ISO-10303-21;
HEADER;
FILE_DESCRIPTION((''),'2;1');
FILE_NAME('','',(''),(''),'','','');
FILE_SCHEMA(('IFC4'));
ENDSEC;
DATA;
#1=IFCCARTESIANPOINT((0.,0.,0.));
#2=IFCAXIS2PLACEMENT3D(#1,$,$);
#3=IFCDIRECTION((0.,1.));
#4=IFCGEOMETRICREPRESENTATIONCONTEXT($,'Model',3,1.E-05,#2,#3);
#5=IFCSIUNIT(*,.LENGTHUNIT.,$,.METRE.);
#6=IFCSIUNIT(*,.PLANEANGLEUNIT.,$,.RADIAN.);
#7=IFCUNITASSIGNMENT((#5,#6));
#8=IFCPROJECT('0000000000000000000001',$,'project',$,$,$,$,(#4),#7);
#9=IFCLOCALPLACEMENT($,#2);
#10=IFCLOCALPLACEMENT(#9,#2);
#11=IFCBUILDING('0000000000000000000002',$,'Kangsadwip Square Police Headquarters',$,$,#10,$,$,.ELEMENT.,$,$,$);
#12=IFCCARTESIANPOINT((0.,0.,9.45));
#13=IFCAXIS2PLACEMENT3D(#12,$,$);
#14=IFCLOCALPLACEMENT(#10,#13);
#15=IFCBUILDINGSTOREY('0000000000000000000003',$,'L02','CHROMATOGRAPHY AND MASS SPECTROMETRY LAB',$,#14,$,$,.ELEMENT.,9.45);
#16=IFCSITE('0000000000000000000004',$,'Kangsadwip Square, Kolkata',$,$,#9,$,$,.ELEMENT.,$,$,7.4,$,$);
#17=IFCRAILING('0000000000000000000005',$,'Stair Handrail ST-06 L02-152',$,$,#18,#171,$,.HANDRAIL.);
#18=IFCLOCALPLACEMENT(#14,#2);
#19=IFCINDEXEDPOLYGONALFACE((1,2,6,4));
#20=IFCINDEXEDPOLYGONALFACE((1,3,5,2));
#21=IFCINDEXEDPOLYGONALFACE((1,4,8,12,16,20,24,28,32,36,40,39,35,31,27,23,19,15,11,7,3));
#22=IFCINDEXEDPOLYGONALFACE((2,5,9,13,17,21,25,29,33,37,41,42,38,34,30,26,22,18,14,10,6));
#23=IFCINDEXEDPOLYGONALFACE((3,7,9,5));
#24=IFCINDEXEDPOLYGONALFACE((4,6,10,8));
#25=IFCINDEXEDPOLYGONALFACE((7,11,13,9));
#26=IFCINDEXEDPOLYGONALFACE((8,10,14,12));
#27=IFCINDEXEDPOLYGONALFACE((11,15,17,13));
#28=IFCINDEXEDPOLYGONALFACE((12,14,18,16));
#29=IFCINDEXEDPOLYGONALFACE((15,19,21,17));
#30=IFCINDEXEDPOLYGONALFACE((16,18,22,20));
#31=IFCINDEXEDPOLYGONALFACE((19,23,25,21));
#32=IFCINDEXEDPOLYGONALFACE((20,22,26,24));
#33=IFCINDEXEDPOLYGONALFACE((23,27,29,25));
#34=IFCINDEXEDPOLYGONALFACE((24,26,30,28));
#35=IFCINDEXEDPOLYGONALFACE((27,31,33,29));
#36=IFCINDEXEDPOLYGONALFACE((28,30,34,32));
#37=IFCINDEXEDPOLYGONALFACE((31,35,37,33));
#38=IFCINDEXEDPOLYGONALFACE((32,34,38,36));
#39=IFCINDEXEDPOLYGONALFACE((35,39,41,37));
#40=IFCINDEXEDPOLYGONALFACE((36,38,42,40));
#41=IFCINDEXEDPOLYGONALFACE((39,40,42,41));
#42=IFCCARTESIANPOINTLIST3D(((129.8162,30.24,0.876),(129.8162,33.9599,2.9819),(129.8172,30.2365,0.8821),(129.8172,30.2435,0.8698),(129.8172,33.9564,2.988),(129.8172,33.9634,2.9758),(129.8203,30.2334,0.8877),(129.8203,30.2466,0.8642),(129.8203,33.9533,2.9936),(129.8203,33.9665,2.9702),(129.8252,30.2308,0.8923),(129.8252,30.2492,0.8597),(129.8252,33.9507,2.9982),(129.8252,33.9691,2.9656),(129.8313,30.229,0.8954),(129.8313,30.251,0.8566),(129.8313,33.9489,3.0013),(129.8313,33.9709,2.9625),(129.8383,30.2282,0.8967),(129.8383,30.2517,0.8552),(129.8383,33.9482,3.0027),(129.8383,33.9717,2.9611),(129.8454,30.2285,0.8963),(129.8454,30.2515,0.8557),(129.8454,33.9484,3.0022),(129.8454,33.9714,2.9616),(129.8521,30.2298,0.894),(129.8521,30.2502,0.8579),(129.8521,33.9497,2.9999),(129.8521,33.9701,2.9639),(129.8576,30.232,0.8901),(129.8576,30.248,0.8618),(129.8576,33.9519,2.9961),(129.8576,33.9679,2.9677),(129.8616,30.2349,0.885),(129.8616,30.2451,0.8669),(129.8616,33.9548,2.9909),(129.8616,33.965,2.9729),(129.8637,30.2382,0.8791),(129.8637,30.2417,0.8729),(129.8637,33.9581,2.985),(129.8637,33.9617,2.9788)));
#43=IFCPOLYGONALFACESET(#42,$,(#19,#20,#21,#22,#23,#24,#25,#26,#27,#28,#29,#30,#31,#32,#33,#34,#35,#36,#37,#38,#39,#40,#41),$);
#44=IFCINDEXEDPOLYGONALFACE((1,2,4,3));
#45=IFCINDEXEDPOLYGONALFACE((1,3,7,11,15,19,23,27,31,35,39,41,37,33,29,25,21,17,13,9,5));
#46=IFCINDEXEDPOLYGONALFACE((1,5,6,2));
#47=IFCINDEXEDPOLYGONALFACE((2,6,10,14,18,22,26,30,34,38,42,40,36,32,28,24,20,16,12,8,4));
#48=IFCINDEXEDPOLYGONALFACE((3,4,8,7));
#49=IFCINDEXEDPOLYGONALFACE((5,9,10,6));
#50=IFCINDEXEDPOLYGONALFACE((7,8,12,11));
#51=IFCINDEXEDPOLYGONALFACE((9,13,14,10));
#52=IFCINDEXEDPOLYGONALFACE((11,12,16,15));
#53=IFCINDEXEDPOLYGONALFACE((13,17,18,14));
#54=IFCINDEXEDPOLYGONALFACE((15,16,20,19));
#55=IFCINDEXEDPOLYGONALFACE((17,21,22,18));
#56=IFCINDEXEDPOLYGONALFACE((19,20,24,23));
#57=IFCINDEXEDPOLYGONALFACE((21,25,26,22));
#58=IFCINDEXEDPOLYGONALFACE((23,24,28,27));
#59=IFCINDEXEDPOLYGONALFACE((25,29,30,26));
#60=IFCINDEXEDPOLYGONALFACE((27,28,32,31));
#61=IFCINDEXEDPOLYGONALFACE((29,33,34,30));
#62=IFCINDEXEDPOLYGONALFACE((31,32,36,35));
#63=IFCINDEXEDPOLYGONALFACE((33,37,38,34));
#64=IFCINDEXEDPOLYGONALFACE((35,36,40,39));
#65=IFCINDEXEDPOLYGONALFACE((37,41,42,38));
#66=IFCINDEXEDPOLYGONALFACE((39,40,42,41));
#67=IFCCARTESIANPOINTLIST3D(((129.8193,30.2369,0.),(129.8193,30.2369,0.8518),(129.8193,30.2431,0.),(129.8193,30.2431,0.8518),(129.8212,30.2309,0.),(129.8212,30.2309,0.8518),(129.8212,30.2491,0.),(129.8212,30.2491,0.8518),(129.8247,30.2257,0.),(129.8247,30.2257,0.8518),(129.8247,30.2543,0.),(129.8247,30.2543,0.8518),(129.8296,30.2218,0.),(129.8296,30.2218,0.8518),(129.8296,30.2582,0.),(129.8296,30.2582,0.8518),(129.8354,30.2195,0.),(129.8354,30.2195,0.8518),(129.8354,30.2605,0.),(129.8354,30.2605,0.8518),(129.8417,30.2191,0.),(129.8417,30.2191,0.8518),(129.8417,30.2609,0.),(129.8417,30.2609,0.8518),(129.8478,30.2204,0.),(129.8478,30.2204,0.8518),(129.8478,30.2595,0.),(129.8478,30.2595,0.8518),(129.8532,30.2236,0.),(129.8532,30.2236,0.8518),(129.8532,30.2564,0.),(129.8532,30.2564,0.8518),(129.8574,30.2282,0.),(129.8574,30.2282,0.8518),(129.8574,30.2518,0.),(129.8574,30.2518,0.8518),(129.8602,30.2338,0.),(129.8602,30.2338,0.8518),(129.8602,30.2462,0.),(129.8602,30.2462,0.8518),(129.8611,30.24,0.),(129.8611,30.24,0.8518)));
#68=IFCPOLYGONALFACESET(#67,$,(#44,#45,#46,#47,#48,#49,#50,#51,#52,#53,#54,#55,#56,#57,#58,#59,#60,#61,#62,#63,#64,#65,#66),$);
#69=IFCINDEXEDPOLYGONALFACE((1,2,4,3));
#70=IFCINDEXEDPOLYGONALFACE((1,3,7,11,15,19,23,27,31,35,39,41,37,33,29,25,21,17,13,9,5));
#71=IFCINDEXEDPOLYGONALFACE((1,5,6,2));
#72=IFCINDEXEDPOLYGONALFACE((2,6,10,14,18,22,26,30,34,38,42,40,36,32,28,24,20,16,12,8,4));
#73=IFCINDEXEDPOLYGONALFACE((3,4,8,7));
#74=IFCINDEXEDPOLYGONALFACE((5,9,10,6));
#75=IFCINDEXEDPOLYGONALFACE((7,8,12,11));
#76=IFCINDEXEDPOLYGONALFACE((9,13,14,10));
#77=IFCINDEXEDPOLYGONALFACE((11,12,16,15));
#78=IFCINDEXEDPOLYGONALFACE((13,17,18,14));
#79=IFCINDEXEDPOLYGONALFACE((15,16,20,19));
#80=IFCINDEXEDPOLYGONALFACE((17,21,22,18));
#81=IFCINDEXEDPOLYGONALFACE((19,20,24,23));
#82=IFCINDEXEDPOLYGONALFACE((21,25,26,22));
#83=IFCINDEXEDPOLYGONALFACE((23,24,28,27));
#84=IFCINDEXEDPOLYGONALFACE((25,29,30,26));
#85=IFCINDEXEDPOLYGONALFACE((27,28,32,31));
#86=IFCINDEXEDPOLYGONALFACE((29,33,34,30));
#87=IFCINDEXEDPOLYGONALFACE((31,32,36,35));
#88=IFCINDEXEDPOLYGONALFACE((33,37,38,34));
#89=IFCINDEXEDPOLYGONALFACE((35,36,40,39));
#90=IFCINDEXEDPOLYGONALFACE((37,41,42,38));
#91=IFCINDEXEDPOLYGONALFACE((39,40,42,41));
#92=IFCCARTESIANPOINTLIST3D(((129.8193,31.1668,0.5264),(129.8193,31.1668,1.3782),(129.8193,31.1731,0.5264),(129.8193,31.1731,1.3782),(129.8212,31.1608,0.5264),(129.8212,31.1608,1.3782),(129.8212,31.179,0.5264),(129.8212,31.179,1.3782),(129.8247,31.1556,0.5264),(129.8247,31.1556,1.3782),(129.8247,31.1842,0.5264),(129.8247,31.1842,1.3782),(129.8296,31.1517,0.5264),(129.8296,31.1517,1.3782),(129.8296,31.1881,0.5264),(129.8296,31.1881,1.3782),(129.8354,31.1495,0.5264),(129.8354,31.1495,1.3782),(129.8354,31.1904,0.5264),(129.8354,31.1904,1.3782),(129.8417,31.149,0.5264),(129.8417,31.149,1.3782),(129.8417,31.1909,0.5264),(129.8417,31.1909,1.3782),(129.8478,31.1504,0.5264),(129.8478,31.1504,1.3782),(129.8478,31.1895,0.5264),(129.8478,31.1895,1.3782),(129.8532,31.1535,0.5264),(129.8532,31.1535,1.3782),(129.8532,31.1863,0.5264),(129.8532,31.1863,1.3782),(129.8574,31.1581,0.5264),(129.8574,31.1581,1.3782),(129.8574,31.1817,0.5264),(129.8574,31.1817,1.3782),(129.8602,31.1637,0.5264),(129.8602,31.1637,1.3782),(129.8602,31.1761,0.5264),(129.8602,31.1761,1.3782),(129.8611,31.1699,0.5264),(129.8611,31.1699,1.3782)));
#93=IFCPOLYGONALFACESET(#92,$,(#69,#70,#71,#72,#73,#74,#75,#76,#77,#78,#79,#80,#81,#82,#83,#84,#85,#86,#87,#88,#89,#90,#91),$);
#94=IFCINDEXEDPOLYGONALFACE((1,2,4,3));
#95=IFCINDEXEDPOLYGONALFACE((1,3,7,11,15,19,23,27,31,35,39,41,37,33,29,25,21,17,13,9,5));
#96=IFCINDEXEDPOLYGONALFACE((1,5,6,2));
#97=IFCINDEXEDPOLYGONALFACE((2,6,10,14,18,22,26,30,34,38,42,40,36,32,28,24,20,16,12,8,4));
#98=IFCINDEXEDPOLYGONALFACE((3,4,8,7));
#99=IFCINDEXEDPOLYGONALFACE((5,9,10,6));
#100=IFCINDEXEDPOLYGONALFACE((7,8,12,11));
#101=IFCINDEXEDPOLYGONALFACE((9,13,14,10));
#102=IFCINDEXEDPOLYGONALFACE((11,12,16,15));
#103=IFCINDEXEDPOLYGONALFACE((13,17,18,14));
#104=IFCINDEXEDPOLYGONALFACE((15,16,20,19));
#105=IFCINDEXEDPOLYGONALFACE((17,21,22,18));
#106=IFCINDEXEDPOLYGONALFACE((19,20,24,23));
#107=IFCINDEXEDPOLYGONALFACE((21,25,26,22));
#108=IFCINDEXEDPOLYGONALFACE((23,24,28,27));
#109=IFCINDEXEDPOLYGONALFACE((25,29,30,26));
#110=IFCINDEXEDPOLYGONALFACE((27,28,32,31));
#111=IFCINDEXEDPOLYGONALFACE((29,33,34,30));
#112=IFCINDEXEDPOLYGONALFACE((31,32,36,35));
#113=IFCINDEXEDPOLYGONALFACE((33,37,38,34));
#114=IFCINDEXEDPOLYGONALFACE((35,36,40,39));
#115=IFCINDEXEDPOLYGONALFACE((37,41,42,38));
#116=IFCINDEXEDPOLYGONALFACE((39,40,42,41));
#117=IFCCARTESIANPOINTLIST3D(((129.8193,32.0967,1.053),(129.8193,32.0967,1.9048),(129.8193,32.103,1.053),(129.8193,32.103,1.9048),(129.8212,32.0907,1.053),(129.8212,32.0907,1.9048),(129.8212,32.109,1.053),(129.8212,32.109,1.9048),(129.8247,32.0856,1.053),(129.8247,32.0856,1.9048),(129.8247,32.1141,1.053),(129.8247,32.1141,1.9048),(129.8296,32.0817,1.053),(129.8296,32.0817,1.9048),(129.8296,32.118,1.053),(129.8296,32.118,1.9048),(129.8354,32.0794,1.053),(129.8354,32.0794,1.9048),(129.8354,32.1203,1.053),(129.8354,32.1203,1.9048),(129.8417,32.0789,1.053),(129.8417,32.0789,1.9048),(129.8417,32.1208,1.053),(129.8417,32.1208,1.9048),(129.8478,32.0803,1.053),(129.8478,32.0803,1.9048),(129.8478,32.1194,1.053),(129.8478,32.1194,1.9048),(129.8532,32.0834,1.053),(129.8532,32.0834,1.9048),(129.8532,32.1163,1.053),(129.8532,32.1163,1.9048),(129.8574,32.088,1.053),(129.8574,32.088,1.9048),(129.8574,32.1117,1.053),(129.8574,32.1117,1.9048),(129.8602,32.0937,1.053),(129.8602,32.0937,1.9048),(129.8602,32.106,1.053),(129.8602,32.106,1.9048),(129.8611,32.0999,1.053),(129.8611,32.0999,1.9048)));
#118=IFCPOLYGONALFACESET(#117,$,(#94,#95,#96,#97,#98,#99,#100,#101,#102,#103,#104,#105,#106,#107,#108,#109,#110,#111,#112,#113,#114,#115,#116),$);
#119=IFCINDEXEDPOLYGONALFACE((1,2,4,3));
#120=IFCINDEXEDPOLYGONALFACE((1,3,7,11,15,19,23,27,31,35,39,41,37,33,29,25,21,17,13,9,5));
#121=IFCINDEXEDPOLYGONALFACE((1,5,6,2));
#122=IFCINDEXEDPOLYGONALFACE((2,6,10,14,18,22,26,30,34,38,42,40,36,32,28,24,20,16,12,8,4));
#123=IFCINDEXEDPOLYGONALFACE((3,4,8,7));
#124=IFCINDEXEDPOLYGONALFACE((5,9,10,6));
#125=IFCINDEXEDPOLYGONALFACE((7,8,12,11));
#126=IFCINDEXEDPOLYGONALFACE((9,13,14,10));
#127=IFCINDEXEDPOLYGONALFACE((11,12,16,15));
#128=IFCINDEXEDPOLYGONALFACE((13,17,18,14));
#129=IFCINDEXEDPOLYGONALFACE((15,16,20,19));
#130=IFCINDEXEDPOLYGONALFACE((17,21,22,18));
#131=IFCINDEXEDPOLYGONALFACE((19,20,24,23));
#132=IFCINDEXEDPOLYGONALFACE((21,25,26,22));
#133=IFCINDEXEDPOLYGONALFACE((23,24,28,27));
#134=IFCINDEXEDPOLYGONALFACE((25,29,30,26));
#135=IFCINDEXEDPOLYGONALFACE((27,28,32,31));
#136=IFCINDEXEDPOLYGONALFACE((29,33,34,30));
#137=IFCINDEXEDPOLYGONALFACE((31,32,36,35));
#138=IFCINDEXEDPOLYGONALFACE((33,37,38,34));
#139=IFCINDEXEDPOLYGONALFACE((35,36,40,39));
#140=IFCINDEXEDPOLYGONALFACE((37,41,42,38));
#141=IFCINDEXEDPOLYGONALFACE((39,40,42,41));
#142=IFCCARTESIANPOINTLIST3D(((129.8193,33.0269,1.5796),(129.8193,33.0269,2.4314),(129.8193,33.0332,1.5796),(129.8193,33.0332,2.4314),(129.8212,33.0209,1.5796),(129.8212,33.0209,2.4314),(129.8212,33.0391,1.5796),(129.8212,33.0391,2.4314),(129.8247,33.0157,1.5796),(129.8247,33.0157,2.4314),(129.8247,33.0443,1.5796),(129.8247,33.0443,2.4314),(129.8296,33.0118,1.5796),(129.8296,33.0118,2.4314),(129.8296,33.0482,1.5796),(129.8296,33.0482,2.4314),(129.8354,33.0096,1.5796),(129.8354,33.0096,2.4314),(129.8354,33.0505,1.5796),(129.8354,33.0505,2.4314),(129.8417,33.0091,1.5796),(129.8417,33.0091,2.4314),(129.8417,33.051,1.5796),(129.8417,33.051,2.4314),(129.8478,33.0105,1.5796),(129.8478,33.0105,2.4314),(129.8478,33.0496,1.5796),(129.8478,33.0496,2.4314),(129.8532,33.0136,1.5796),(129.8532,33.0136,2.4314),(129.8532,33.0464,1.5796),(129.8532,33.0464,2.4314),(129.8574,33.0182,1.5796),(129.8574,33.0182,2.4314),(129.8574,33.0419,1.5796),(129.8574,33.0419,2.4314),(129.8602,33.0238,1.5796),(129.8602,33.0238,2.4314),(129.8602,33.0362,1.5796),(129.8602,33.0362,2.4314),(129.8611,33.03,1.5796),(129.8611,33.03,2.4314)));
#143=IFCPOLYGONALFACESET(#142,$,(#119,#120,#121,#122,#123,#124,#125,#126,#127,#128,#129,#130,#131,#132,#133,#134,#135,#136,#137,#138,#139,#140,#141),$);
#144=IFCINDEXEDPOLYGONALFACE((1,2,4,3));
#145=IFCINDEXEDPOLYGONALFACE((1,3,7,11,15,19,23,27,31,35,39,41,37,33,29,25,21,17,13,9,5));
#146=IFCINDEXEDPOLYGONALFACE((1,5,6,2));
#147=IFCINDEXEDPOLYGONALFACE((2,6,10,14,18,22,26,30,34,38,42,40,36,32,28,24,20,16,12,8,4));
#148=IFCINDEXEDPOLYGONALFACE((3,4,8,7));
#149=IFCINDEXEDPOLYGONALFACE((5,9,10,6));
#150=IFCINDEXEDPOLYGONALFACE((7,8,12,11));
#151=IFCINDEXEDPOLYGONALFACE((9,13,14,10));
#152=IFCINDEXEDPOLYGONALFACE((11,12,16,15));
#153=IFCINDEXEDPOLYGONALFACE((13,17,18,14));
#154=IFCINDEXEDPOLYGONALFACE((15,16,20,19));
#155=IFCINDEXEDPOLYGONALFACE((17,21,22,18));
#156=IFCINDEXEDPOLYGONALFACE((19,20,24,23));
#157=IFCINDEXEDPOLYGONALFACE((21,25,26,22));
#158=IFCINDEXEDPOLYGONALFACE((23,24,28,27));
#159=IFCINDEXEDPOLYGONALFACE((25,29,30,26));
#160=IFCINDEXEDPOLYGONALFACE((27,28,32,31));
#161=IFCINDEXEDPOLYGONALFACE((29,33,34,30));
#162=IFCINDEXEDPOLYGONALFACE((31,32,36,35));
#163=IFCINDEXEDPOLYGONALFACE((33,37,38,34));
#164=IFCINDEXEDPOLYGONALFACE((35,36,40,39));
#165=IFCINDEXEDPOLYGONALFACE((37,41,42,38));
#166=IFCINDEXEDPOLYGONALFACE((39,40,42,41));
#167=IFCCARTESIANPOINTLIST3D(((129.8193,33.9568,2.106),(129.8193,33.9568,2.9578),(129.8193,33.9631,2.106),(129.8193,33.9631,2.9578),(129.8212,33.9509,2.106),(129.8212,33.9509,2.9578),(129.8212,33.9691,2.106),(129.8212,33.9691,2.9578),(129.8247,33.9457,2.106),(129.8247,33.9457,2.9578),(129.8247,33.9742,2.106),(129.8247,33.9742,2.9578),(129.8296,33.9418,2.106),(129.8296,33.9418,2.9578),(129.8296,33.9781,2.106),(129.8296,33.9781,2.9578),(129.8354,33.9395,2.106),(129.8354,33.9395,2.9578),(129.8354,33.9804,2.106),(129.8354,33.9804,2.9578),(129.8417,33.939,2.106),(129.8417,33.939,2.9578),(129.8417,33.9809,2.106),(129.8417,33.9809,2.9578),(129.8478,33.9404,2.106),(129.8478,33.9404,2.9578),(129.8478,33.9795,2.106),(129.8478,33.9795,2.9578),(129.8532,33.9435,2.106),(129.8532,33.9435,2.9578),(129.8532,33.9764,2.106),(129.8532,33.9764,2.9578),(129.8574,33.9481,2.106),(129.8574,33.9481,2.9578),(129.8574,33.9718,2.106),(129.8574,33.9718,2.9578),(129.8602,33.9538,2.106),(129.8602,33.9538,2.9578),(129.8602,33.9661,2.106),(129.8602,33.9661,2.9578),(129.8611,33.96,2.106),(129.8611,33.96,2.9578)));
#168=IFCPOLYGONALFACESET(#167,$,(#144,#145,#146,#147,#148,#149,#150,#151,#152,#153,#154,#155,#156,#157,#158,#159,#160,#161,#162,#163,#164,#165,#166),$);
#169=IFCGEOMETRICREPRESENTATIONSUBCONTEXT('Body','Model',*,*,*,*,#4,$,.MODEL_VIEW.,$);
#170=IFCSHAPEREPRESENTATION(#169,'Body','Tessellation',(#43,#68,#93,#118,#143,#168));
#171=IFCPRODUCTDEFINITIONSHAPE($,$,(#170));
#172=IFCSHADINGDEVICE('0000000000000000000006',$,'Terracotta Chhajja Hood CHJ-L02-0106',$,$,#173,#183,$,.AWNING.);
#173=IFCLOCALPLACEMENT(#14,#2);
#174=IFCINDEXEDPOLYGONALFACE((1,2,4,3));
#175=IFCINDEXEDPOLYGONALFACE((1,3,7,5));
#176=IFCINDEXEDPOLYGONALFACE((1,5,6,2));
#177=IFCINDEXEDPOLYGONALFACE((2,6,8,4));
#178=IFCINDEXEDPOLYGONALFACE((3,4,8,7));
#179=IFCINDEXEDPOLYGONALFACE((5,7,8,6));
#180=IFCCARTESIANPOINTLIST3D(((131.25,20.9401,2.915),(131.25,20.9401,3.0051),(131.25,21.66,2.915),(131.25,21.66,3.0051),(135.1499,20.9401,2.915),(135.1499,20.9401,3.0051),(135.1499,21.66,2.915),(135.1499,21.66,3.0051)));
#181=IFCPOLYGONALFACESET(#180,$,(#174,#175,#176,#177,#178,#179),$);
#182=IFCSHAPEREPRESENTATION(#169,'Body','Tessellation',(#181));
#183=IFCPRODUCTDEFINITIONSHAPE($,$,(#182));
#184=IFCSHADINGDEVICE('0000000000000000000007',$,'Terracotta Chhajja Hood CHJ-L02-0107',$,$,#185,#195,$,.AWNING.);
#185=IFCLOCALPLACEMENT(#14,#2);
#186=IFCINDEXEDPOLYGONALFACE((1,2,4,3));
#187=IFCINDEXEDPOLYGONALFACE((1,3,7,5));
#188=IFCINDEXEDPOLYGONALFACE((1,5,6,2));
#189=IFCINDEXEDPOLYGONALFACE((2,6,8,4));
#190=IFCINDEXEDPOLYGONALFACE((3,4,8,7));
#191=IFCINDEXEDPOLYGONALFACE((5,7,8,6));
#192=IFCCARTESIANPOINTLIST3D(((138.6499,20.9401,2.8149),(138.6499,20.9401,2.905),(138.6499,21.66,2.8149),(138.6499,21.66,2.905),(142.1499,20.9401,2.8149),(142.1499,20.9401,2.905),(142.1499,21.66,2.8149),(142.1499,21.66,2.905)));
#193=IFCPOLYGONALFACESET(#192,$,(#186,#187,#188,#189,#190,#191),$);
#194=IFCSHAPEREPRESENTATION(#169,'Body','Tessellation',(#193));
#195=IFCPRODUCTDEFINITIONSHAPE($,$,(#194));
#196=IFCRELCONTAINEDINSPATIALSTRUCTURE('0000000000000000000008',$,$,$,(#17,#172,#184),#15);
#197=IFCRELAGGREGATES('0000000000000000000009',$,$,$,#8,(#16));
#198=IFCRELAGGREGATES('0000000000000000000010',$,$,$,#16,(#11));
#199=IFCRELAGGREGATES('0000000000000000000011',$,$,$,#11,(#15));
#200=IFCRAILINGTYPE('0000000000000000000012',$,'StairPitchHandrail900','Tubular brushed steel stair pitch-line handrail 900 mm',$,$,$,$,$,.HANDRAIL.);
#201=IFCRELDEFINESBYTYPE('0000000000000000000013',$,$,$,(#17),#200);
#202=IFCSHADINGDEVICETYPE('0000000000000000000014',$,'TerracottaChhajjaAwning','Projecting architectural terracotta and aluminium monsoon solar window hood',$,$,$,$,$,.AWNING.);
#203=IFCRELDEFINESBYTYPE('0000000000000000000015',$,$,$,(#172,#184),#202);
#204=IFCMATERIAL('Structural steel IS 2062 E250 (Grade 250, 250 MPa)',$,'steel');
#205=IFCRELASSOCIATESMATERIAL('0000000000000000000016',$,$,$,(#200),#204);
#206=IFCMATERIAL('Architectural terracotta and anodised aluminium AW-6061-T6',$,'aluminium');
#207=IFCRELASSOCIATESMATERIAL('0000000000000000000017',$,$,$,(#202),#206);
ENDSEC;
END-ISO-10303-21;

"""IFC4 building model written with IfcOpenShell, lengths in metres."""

from ifc_helpers import new_model, si_unit, direction, frame, origin, origin_2d, place, context, subcontext, project, spatial, rectangle, circle, extrude, material, type_object, element, save


model = new_model("IFC4")

# Units and contexts
model_context = context("Model", 3, precision=1e-05, world=origin(), true_north=direction((0.0, 1.0)))
body_context = subcontext(model_context, "Body", "Model", "MODEL_VIEW")
ifc_project = project(units=[si_unit("LENGTHUNIT", "METRE"), si_unit("PLANEANGLEUNIT", "RADIAN")], contexts=[model_context])

# Site, building, storey
site_placement = place(None, origin())
site = spatial("IfcSite", under=ifc_project, at=site_placement, Name="Kangsadwip Square, Kolkata", CompositionType="ELEMENT", RefElevation=7.4)
building_placement = place(site_placement, origin())
building = spatial("IfcBuilding", under=site, at=building_placement, Name="Kangsadwip Square Police Headquarters", CompositionType="ELEMENT")
storey_placement = place(building_placement, frame((0.0, 0.0, 9.45)))
storey = spatial("IfcBuildingStorey", under=building, at=storey_placement, Name="L02", Description="CHROMATOGRAPHY AND MASS SPECTROMETRY LAB", CompositionType="ELEMENT", Elevation=9.45)

# Railing
ifc_material_1 = material(Name="Structural steel IS 2062 E250 (Grade 250, 250 MPa)", Category="steel")
railing_type_1 = type_object("IfcRailingType", Name="StairPitchHandrail900", Description="Tubular brushed steel stair pitch-line handrail 900 mm", PredefinedType="HANDRAIL", material=ifc_material_1)
railing_1_placement = place(storey_placement, frame((129.8401, 30.24, 0.0)))
element("IfcRailing", 1, at=railing_1_placement, inside=storey, type_object=railing_type_1, Name="Stair Handrail ST-06 L02-152", PredefinedType="HANDRAIL", context=body_context, shape_type="SweptSolid", body=[
    extrude(circle(Radius=0.0239, at=origin_2d()), frame((0.0, 0.0, 0.876), z_axis=(0.0, 0.870225, 0.492654), x_axis=(-1.0, 0.0, 0.0)), (0.0, 0.0, 1.0), 4.2747),
    extrude(circle(Radius=0.021, at=origin_2d()), origin(), (0.0, 0.0, 1.0), 0.8518),
    extrude(circle(Radius=0.021, at=origin_2d()), frame((0.0, 0.9299, 0.5264)), (0.0, 0.0, 1.0), 0.8518),
    extrude(circle(Radius=0.021, at=origin_2d()), frame((0.0, 1.8599, 1.053)), (0.0, 0.0, 1.0), 0.8518),
    extrude(circle(Radius=0.021, at=origin_2d()), frame((0.0, 2.79, 1.5796)), (0.0, 0.0, 1.0), 0.8518),
    extrude(circle(Radius=0.021, at=origin_2d()), frame((0.0, 3.72, 2.106)), (0.0, 0.0, 1.0), 0.8518),
])

# Shading devices
ifc_material_2 = material(Name="Architectural terracotta and anodised aluminium AW-6061-T6", Category="aluminium")
shading_device_type = type_object("IfcShadingDeviceType", Name="TerracottaChhajjaAwning", Description="Projecting architectural terracotta and aluminium monsoon solar window hood", PredefinedType="AWNING", material=ifc_material_2)
shading_device_1_placement = place(storey_placement, frame((133.2, 21.3, 2.915), z_axis=(0.0, 0.0, 1.0), x_axis=(1.0, 0.0, 0.0)))
element("IfcShadingDevice", 2, at=shading_device_1_placement, inside=storey, type_object=shading_device_type, Name="Terracotta Chhajja Hood CHJ-L02-0106", PredefinedType="AWNING", context=body_context, shape_type="SweptSolid", body=[
    extrude(rectangle(XDim=3.8999, YDim=0.72, at=origin_2d()), origin(), (0.0, 0.0, 1.0), 0.0901),
])
shading_device_2_placement = place(storey_placement, frame((140.3999, 21.3, 2.8149), z_axis=(0.0, 0.0, 1.0), x_axis=(1.0, 0.0, 0.0)))
element("IfcShadingDevice", 3, at=shading_device_2_placement, inside=storey, type_object=shading_device_type, Name="Terracotta Chhajja Hood CHJ-L02-0107", PredefinedType="AWNING", context=body_context, shape_type="SweptSolid", body=[
    extrude(rectangle(XDim=3.5, YDim=0.72, at=origin_2d()), origin(), (0.0, 0.0, 1.0), 0.0901),
])

save(model, "model.ifc")
